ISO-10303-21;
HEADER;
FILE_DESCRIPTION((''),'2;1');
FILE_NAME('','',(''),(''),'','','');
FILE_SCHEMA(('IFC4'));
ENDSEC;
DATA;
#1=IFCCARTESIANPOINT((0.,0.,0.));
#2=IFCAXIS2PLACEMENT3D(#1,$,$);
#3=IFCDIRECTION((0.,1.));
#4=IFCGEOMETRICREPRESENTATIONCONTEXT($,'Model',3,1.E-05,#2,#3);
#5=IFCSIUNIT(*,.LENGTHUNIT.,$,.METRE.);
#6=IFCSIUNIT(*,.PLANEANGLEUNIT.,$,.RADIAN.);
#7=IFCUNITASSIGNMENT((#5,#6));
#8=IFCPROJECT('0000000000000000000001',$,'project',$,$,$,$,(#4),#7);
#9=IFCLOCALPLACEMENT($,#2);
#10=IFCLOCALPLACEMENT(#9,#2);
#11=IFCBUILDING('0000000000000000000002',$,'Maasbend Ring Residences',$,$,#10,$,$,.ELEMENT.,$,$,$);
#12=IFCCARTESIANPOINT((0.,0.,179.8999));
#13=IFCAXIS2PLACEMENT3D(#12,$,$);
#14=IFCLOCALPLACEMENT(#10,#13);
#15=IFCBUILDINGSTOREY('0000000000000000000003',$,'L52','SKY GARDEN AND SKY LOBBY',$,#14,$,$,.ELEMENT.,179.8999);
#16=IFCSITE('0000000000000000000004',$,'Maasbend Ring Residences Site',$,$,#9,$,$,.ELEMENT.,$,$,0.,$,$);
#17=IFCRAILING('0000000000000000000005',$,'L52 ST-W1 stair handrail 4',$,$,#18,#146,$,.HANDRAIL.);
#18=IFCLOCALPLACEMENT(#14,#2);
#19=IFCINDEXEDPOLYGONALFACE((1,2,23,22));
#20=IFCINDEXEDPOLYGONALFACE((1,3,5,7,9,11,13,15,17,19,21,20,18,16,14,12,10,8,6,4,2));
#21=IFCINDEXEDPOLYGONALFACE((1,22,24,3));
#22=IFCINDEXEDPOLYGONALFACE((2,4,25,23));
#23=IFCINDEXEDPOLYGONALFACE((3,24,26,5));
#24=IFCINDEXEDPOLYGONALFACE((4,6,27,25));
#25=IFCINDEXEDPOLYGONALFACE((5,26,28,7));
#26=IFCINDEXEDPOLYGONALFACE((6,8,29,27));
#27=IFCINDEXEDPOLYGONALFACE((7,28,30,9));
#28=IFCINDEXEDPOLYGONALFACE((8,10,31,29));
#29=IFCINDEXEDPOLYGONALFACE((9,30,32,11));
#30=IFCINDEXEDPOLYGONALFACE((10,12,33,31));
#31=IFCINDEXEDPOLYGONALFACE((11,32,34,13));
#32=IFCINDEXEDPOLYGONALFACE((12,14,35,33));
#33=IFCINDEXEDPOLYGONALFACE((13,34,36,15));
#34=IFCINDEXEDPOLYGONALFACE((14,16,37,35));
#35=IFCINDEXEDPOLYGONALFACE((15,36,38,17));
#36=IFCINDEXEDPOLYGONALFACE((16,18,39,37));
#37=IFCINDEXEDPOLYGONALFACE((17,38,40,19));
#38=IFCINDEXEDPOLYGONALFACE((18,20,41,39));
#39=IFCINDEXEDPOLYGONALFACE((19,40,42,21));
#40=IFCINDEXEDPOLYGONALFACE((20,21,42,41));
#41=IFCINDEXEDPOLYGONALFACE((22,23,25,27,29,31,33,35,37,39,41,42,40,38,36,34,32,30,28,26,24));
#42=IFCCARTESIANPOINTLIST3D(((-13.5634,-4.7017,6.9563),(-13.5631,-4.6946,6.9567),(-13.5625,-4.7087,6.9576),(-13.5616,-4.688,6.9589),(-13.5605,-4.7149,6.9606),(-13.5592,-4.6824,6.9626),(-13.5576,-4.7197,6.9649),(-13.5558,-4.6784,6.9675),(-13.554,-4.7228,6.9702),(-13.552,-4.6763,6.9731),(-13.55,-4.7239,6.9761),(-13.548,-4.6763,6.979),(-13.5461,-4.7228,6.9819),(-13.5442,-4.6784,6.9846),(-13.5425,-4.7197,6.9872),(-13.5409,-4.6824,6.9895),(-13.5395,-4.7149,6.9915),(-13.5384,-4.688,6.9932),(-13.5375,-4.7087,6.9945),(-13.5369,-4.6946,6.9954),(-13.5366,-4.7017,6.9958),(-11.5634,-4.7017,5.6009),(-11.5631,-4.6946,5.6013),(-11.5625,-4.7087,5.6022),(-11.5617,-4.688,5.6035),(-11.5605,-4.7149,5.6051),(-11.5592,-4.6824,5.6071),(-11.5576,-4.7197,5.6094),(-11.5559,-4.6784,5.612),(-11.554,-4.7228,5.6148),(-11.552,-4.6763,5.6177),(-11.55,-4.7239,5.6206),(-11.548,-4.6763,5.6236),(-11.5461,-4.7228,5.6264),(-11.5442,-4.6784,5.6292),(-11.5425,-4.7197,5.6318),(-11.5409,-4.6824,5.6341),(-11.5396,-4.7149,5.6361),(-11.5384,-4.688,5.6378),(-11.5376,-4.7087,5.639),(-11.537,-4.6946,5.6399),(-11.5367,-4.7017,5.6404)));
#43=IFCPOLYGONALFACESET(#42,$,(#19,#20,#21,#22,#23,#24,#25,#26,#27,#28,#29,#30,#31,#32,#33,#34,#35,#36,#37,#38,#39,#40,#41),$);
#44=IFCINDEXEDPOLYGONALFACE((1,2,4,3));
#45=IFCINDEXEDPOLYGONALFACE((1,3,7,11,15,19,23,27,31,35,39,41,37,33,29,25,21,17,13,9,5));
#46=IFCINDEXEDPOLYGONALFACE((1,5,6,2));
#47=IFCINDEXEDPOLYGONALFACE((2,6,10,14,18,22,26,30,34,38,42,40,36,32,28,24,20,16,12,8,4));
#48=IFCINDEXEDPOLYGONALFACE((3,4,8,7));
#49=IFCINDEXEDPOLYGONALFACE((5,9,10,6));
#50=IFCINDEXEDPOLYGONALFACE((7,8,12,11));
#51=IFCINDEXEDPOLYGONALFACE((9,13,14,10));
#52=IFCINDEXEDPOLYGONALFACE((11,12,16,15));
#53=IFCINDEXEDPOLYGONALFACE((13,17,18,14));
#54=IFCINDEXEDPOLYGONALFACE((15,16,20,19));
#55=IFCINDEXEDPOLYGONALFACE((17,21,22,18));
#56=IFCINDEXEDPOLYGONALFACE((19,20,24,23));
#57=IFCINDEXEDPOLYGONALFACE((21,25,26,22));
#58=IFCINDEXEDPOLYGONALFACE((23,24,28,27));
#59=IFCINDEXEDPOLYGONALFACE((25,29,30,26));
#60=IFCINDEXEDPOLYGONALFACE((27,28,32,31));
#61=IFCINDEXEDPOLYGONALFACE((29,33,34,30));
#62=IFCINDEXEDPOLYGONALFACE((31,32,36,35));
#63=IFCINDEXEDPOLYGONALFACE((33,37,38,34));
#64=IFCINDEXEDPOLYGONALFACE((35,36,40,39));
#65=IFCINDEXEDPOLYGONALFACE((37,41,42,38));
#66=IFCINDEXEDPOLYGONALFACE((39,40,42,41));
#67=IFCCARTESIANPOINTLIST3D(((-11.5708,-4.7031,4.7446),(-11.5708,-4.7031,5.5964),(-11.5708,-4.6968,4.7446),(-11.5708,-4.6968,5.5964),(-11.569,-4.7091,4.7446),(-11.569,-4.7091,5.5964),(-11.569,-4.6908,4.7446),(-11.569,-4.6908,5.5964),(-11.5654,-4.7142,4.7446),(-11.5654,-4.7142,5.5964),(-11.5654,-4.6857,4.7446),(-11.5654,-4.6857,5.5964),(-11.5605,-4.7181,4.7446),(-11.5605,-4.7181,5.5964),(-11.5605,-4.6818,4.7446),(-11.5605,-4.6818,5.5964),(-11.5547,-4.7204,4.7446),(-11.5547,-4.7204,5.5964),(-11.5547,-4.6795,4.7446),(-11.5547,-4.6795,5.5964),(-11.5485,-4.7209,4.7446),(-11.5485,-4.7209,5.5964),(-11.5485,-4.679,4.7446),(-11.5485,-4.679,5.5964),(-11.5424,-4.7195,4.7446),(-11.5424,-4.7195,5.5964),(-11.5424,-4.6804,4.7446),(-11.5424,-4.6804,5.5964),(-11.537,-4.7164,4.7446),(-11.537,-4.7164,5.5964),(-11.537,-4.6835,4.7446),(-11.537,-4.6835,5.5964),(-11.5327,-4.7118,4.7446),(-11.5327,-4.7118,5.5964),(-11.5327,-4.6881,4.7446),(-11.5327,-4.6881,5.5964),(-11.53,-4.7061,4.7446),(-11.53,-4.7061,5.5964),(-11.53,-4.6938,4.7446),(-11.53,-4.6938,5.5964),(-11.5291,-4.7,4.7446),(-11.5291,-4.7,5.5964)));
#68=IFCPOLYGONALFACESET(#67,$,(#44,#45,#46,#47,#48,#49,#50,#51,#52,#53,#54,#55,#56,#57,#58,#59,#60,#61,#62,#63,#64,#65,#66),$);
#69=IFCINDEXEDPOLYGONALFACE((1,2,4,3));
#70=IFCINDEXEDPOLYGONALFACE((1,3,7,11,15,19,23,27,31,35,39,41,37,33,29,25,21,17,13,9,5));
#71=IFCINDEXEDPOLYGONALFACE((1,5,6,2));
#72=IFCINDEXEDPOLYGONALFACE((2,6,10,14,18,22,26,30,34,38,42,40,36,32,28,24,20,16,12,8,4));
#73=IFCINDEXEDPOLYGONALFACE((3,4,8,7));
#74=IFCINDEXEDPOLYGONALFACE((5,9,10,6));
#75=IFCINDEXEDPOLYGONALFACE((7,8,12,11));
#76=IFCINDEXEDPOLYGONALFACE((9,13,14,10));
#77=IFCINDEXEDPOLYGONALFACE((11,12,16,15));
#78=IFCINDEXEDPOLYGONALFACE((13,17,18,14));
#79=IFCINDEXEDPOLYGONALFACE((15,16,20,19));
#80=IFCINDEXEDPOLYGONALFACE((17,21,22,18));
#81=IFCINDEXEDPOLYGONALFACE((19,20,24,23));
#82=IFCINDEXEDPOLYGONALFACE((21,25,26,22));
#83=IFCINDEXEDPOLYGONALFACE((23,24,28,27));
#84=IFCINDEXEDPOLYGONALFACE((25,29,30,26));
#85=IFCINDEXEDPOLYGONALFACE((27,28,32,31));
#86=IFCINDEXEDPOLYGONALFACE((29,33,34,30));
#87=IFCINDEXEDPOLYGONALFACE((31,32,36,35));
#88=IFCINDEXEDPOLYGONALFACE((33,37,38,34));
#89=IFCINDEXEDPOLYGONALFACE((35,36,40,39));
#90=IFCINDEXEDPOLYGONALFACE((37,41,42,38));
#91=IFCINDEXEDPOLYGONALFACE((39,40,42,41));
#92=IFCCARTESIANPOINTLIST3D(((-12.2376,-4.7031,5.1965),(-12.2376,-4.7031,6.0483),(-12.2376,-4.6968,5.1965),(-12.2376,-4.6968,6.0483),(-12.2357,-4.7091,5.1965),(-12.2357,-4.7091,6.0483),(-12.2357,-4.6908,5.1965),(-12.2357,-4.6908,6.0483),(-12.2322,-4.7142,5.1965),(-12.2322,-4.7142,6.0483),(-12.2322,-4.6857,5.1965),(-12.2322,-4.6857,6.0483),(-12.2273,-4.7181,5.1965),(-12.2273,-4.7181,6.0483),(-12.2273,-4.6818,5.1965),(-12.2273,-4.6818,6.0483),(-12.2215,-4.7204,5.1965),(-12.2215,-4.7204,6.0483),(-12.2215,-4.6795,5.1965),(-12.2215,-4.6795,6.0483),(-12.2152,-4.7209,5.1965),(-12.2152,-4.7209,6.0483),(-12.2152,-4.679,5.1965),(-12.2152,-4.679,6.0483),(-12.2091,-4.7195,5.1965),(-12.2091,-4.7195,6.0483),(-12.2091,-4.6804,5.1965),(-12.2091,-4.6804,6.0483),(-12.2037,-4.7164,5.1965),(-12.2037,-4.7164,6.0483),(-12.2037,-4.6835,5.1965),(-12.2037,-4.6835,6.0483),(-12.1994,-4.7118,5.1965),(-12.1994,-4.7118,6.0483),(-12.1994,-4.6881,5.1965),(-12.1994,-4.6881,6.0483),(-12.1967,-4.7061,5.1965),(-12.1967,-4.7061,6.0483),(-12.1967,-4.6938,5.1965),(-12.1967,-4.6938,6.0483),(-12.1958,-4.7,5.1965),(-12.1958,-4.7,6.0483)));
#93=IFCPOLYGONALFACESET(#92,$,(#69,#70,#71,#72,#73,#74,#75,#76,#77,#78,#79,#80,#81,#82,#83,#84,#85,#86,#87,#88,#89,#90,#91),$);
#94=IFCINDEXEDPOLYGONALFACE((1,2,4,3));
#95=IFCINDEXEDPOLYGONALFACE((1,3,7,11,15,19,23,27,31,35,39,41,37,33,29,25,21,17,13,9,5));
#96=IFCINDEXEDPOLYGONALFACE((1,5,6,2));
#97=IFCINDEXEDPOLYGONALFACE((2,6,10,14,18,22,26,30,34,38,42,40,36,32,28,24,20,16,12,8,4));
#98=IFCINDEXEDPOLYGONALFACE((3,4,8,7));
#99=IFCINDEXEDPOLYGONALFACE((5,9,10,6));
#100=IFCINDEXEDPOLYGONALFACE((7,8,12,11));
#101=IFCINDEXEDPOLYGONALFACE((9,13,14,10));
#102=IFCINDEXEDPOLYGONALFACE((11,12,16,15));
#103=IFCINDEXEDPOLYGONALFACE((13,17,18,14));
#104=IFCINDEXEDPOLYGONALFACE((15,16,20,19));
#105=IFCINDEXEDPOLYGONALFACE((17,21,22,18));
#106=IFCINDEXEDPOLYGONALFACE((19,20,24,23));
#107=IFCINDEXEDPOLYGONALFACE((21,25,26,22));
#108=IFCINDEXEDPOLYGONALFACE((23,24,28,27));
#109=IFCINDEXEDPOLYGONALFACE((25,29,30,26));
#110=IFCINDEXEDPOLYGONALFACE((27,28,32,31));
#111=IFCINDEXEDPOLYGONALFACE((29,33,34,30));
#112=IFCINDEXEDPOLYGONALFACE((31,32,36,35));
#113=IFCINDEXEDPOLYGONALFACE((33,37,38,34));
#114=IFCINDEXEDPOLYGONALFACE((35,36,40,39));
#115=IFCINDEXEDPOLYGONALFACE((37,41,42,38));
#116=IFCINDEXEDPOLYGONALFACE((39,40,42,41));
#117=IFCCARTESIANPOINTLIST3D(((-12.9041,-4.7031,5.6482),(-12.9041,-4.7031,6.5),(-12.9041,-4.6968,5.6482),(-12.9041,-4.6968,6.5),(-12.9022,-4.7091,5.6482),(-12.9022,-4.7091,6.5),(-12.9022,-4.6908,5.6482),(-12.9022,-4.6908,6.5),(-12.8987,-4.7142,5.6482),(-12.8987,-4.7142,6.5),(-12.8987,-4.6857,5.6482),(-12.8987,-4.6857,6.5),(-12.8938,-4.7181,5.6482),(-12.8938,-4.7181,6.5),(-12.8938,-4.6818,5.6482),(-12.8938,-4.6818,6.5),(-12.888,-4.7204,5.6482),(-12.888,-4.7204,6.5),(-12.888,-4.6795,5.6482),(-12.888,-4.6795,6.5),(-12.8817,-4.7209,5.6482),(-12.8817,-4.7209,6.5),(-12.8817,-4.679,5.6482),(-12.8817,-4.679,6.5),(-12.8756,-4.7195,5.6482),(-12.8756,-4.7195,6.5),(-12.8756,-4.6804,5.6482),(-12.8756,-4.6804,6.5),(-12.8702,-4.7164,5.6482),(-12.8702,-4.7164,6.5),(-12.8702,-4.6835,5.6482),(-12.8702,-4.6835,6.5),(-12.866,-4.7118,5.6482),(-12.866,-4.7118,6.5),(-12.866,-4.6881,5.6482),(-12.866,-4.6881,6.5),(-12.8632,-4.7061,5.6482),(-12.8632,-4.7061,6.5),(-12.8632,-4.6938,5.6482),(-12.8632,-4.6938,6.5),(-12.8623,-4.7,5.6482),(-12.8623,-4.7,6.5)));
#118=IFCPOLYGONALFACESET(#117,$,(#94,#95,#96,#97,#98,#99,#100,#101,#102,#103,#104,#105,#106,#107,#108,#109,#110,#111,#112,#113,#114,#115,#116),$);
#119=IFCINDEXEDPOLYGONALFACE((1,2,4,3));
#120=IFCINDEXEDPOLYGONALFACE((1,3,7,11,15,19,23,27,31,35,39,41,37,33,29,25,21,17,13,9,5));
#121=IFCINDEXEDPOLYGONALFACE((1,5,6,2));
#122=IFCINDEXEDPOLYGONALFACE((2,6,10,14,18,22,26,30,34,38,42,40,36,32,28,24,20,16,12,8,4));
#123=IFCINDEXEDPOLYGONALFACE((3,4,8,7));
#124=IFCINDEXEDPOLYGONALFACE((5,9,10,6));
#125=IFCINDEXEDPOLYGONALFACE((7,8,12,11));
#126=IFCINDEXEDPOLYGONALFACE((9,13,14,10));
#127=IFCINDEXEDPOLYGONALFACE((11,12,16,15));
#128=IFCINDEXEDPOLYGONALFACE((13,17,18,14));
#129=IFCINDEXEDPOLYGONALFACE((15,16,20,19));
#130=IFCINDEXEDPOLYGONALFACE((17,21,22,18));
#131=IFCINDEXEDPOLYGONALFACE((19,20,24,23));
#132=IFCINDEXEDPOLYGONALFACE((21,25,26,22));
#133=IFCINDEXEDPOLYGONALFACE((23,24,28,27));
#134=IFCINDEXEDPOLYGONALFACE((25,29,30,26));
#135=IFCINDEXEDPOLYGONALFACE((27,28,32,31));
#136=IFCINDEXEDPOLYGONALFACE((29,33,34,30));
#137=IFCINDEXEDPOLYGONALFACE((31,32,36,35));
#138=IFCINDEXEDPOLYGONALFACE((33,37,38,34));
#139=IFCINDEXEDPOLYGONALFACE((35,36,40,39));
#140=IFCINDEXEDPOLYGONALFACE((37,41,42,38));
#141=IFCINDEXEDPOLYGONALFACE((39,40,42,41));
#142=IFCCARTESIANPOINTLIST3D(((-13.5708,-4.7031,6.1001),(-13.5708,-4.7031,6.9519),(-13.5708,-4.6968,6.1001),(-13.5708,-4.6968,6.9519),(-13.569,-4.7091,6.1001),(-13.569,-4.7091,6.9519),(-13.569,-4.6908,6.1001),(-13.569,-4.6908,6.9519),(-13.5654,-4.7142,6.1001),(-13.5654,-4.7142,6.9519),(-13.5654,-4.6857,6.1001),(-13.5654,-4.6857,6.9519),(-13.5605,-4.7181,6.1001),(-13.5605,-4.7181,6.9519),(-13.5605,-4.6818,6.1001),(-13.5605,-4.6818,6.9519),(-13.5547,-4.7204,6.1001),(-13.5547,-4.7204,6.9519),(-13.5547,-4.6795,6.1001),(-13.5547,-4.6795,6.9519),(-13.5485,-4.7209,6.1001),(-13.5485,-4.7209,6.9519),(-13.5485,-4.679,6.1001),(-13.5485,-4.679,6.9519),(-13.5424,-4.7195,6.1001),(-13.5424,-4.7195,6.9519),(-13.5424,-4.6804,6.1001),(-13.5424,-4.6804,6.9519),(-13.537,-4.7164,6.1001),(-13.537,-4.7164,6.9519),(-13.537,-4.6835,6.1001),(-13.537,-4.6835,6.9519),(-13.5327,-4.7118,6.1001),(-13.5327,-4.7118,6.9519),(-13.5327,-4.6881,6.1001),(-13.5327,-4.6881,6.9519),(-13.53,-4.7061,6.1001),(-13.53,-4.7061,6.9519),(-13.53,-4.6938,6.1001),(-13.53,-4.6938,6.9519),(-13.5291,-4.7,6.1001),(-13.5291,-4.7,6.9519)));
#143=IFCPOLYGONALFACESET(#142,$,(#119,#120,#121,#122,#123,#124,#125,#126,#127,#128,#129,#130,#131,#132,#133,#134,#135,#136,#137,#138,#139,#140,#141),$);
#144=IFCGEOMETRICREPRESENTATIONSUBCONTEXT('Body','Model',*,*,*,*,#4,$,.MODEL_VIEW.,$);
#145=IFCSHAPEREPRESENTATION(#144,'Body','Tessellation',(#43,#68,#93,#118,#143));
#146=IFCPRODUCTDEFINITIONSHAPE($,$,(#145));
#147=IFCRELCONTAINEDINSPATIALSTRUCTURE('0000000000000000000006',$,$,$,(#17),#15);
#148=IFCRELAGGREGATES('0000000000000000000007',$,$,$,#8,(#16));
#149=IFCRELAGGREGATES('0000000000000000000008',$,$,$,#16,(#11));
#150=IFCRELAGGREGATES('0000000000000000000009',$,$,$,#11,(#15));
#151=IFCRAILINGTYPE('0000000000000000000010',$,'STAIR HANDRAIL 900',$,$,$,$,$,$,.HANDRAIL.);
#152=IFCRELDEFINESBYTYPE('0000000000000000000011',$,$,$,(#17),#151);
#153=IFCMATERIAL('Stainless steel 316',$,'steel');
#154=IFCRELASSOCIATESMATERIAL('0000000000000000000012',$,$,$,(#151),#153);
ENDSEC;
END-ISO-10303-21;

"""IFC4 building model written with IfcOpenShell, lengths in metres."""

from ifc_helpers import new_model, si_unit, direction, frame, origin, origin_2d, place, context, subcontext, project, spatial, circle, extrude, material, type_object, element, save


model = new_model("IFC4")

# Units and contexts
model_context = context("Model", 3, precision=1e-05, world=origin(), true_north=direction((0.0, 1.0)))
body_context = subcontext(model_context, "Body", "Model", "MODEL_VIEW")
ifc_project = project(units=[si_unit("LENGTHUNIT", "METRE"), si_unit("PLANEANGLEUNIT", "RADIAN")], contexts=[model_context])

# Site, building, storey
site_placement = place(None, origin())
site = spatial("IfcSite", under=ifc_project, at=site_placement, Name="Maasbend Ring Residences Site", CompositionType="ELEMENT", RefElevation=0.0)
building_placement = place(site_placement, origin())
building = spatial("IfcBuilding", under=site, at=building_placement, Name="Maasbend Ring Residences", CompositionType="ELEMENT")
storey_placement = place(building_placement, frame((0.0, 0.0, 179.8999)))
storey = spatial("IfcBuildingStorey", under=building, at=storey_placement, Name="L52", Description="SKY GARDEN AND SKY LOBBY", CompositionType="ELEMENT", Elevation=179.8999)

# Railing
ifc_material_1 = material(Name="Stainless steel 316", Category="steel")
railing_type_1 = type_object("IfcRailingType", Name="STAIR HANDRAIL 900", PredefinedType="HANDRAIL", material=ifc_material_1)
railing_1_placement = place(storey_placement, frame((-11.55, -4.7, 4.7446)))
element("IfcRailing", 1, at=railing_1_placement, inside=storey, type_object=railing_type_1, Name="L52 ST-W1 stair handrail 4", PredefinedType="HANDRAIL", context=body_context, shape_type="SweptSolid", body=[
    extrude(circle(Radius=0.0239, at=origin_2d()), frame((0.0, 0.0, 0.876), z_axis=(-0.827798, 0.0, 0.561027), x_axis=(0.0, -1.0, 0.0)), (0.0, 0.0, 1.0), 2.416),
    extrude(circle(Radius=0.021, at=origin_2d()), origin(), (0.0, 0.0, 1.0), 0.8518),
    extrude(circle(Radius=0.021, at=origin_2d()), frame((-0.6667, 0.0, 0.4519)), (0.0, 0.0, 1.0), 0.8518),
    extrude(circle(Radius=0.021, at=origin_2d()), frame((-1.3333, 0.0, 0.9036)), (0.0, 0.0, 1.0), 0.8518),
    extrude(circle(Radius=0.021, at=origin_2d()), frame((-2.0, 0.0, 1.3555)), (0.0, 0.0, 1.0), 0.8518),
])

save(model, "model.ifc")
